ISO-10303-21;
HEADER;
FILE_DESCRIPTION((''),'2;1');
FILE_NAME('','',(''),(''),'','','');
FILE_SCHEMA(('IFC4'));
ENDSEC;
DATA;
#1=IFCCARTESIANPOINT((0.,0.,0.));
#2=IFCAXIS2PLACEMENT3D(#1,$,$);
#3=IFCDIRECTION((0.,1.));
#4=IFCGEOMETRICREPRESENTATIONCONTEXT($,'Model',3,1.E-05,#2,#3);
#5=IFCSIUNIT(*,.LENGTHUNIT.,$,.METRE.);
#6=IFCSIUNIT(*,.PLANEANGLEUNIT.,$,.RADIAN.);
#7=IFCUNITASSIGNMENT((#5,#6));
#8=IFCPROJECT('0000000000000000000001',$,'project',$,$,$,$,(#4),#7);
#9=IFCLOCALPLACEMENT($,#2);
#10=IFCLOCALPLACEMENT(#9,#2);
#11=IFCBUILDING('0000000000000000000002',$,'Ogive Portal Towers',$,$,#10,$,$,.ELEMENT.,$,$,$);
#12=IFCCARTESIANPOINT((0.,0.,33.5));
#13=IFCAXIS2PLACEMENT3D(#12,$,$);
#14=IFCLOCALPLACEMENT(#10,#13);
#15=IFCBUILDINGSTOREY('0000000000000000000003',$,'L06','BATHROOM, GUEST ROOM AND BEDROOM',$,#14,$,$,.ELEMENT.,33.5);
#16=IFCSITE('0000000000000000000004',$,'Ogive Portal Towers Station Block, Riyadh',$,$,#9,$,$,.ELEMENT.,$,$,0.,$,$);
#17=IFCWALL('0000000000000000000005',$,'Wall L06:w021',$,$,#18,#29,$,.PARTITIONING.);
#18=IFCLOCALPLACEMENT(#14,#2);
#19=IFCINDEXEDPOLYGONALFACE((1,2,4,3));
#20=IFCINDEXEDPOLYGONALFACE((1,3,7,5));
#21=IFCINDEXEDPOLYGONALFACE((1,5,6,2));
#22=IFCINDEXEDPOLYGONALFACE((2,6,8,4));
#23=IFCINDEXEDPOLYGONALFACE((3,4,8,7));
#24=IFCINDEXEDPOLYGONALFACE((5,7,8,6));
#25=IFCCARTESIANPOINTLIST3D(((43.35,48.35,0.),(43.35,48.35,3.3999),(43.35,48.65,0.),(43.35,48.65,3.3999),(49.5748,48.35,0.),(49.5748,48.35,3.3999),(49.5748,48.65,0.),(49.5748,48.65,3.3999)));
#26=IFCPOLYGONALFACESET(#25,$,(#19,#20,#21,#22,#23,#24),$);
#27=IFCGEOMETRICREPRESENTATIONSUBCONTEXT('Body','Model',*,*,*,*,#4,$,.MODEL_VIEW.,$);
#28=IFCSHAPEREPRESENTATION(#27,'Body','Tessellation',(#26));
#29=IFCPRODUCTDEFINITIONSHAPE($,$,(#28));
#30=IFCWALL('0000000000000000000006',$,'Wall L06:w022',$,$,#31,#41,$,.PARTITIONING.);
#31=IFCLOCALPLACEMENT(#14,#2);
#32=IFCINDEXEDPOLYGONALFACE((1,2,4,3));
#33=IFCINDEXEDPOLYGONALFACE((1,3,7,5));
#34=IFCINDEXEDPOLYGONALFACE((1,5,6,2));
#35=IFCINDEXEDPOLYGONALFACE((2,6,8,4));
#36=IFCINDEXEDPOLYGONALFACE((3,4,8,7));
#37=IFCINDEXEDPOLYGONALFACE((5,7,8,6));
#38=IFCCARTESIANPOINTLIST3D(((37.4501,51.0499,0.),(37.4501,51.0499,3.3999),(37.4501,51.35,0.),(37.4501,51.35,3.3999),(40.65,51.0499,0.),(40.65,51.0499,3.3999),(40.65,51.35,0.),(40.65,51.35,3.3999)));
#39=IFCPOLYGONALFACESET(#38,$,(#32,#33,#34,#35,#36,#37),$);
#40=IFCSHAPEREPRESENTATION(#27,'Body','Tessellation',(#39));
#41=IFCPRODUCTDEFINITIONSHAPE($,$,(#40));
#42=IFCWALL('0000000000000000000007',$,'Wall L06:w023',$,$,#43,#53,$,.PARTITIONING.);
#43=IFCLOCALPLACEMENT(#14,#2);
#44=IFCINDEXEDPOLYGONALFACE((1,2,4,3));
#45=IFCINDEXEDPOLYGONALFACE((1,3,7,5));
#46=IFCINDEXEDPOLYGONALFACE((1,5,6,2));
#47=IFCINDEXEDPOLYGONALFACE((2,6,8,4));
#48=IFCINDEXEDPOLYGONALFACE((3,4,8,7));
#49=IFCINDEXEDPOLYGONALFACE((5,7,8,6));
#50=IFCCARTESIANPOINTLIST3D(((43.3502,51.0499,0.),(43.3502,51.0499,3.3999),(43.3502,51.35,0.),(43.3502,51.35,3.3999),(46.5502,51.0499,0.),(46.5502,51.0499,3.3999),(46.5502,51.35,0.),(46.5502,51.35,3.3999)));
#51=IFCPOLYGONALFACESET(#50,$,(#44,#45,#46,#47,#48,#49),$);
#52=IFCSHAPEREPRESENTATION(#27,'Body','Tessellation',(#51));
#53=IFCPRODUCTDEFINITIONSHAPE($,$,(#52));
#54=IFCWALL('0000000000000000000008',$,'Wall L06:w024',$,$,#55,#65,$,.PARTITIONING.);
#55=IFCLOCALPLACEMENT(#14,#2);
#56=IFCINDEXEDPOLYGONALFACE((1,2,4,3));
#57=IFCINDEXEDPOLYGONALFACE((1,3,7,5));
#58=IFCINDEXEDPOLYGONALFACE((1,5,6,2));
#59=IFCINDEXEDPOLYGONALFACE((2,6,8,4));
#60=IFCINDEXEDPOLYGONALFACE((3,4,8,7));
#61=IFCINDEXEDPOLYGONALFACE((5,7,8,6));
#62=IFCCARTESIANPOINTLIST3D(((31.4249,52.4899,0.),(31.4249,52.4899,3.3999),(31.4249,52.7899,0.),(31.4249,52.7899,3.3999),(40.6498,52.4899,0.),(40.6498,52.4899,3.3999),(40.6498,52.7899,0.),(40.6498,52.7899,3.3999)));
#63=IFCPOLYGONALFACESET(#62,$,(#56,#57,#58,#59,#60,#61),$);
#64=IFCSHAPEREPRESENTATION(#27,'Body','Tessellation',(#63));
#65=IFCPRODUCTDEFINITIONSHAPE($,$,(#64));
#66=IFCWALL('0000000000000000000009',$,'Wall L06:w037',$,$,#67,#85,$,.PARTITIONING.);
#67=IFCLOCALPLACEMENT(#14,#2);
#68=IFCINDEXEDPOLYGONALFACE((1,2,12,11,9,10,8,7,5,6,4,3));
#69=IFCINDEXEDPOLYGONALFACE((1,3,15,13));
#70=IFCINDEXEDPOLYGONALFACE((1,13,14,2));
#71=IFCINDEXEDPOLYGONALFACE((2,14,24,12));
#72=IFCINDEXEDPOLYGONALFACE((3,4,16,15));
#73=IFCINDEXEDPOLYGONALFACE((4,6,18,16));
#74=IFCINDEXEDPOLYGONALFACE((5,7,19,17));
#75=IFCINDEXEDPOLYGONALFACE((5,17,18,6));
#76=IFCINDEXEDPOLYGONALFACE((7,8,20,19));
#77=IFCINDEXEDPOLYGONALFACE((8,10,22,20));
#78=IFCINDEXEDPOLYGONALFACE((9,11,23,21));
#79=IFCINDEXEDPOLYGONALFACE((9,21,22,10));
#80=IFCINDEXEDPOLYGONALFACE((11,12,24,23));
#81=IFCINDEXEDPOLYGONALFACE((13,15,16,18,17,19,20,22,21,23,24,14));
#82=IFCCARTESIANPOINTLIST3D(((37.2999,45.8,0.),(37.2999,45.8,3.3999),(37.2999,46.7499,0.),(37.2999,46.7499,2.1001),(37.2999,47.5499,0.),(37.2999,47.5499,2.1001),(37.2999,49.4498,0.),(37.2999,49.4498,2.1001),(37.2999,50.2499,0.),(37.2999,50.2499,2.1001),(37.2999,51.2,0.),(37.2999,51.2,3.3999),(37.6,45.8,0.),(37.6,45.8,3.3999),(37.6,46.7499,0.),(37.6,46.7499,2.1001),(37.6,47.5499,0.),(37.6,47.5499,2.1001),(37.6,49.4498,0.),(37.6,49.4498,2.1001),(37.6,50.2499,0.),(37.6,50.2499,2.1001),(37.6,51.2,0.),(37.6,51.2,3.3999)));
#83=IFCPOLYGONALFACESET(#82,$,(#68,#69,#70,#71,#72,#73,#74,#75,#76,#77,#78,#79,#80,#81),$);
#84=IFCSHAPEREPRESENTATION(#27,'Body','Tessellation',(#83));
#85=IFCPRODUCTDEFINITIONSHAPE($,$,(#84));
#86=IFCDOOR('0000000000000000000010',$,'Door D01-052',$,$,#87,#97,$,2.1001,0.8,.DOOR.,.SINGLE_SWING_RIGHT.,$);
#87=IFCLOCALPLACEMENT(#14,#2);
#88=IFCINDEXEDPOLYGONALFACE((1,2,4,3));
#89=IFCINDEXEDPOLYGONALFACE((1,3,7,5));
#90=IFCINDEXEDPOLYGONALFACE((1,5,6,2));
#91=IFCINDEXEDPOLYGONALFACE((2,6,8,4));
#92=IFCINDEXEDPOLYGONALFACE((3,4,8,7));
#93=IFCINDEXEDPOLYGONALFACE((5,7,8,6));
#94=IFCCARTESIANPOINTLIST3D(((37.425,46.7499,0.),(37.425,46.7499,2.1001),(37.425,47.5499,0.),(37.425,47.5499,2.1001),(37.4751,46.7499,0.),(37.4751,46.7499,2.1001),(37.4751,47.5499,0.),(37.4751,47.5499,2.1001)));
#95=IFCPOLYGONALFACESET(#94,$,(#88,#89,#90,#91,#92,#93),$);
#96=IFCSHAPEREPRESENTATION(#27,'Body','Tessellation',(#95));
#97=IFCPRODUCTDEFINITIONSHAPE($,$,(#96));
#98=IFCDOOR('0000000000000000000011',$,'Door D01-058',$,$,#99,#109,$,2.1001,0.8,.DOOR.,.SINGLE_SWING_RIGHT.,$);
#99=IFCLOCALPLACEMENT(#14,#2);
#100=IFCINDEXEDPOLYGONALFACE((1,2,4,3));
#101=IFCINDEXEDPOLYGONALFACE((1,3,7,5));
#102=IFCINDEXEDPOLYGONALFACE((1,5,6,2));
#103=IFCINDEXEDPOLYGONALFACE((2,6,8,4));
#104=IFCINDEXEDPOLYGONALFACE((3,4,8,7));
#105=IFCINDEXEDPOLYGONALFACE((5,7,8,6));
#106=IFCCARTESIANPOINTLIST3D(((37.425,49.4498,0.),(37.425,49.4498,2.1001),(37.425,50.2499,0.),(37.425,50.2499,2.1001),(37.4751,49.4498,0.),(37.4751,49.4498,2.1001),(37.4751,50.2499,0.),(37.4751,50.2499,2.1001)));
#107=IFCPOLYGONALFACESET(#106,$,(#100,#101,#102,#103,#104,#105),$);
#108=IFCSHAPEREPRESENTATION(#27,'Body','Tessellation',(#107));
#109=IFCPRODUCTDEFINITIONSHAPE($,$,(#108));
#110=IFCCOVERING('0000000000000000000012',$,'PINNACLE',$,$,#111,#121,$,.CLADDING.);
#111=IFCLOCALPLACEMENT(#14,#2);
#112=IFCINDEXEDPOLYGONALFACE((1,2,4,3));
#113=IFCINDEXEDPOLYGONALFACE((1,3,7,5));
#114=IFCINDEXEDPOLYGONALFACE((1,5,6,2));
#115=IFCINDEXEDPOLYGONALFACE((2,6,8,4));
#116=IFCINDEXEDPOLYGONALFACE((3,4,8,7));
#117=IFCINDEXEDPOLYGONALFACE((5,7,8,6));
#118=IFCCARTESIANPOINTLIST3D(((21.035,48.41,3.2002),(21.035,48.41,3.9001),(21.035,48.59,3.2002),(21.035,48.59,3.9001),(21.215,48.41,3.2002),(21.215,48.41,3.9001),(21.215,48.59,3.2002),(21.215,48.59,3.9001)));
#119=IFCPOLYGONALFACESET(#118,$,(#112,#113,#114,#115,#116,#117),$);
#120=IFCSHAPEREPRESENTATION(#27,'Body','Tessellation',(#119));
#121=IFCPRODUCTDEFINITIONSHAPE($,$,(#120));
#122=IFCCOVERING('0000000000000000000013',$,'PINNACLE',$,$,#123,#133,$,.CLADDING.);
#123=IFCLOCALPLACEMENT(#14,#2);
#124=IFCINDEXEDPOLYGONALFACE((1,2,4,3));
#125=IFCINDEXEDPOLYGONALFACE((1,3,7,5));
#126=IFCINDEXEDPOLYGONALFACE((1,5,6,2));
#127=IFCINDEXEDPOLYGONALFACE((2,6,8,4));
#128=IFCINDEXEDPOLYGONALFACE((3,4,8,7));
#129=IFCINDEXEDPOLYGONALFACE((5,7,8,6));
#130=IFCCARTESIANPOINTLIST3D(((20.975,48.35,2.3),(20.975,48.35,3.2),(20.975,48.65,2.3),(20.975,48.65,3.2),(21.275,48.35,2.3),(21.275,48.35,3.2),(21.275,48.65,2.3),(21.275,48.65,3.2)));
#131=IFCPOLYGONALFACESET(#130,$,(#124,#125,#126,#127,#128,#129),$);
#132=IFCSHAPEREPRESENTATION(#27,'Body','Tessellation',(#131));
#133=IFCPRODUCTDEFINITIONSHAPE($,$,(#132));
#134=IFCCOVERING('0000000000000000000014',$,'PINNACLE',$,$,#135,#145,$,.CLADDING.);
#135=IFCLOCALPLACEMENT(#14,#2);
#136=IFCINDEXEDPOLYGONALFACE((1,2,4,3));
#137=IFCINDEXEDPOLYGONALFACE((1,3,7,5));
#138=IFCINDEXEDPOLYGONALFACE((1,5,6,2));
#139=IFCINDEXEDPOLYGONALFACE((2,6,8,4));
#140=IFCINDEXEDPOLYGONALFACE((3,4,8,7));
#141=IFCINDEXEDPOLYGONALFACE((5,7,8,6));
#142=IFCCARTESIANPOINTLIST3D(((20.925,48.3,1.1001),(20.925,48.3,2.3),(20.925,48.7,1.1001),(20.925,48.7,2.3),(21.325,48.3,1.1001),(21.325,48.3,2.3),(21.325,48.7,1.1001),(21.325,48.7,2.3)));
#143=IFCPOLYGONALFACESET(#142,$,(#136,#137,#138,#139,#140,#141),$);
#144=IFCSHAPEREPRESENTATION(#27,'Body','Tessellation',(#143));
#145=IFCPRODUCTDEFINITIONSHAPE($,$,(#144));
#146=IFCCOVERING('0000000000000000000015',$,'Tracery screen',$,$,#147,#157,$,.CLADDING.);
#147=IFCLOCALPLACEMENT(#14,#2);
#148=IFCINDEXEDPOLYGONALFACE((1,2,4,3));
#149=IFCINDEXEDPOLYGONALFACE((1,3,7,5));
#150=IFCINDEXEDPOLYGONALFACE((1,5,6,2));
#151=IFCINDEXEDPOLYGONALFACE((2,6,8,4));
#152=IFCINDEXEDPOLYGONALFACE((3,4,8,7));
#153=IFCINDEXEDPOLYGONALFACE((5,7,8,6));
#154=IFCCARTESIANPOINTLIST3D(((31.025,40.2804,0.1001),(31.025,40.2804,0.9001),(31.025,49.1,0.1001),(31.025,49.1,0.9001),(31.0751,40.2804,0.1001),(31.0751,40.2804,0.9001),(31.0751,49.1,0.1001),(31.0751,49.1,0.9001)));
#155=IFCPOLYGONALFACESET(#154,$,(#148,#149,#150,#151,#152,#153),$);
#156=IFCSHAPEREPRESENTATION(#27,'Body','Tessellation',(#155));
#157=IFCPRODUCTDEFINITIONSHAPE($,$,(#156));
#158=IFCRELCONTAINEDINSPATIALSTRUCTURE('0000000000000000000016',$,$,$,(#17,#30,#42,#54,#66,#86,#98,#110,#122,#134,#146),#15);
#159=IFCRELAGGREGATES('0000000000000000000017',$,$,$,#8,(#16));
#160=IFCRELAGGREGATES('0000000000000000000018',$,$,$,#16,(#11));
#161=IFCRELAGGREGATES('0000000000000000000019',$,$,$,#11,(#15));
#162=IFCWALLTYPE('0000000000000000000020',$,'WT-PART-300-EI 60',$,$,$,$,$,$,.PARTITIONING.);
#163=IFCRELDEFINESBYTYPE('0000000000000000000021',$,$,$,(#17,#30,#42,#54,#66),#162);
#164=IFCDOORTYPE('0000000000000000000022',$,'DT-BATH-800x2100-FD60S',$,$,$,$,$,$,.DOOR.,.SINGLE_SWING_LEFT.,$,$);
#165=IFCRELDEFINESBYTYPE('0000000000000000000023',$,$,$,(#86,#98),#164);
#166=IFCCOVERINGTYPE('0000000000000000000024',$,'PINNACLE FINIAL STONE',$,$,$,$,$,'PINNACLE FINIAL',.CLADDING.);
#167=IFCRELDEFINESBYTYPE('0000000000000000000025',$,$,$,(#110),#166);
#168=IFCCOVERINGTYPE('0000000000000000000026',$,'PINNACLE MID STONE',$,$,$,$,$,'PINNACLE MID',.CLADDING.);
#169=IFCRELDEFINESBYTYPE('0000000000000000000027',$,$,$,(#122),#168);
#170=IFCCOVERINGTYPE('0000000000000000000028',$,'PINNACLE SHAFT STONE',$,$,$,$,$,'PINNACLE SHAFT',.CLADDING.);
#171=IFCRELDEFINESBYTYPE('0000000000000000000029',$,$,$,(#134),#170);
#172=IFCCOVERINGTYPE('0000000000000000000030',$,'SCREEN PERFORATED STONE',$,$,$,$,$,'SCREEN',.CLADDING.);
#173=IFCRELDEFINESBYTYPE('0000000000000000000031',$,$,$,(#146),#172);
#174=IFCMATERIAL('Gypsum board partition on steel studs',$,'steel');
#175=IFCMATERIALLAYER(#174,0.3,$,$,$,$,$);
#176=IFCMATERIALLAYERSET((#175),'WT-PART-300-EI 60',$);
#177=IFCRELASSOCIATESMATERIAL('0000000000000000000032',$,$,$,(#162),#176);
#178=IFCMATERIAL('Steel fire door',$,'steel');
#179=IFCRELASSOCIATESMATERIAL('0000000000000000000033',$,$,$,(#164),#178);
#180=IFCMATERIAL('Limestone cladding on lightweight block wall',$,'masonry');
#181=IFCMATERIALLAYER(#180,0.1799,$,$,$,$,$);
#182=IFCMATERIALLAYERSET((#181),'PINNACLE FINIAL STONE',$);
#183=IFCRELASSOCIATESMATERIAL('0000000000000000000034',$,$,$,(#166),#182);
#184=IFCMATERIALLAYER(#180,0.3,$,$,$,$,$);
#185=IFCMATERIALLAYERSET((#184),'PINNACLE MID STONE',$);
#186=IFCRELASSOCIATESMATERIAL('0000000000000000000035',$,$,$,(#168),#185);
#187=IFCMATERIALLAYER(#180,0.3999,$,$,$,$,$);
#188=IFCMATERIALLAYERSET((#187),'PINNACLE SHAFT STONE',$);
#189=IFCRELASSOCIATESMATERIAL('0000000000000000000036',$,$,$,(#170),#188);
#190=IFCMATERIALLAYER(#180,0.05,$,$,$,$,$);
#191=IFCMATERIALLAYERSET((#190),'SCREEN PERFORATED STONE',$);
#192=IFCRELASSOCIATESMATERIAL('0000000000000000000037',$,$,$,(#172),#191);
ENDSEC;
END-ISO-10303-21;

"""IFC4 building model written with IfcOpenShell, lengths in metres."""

from ifc_helpers import new_model, si_unit, direction, frame, frame_2d, origin, origin_2d, place, context, subcontext, project, spatial, rectangle, extrude, material, layer, layer_set, type_object, element, fill, save


model = new_model("IFC4")

# Units and contexts
model_context = context("Model", 3, precision=1e-05, world=origin(), true_north=direction((0.0, 1.0)))
body_context = subcontext(model_context, "Body", "Model", "MODEL_VIEW")
ifc_project = project(units=[si_unit("LENGTHUNIT", "METRE"), si_unit("PLANEANGLEUNIT", "RADIAN")], contexts=[model_context])

# Site, building, storey
site_placement = place(None, origin())
site = spatial("IfcSite", under=ifc_project, at=site_placement, Name="Ogive Portal Towers Station Block, Riyadh", CompositionType="ELEMENT", RefElevation=0.0)
building_placement = place(site_placement, origin())
building = spatial("IfcBuilding", under=site, at=building_placement, Name="Ogive Portal Towers", CompositionType="ELEMENT")
storey_placement = place(building_placement, frame((0.0, 0.0, 33.5)))
storey = spatial("IfcBuildingStorey", under=building, at=storey_placement, Name="L06", Description="BATHROOM, GUEST ROOM AND BEDROOM", CompositionType="ELEMENT", Elevation=33.5)

# Shared definitions
ifc_material_1 = material(Name="Limestone cladding on lightweight block wall", Category="masonry")

# Walls
ifc_material_2 = material(Name="Gypsum board partition on steel studs", Category="steel")
ifc_layer_1 = layer(ifc_material_2, 0.3)
ifc_layer_set_1 = layer_set([ifc_layer_1], Name="WT-PART-300-EI 60")
wall_type_1 = type_object("IfcWallType", Name="WT-PART-300-EI 60", PredefinedType="PARTITIONING", material=ifc_layer_set_1)
wall_1_placement = place(storey_placement, frame((43.3501, 48.5, 0.0), z_axis=(0.0, 0.0, 1.0), x_axis=(1.0, 0.0, 0.0)))
element("IfcWall", 1, at=wall_1_placement, inside=storey, type_object=wall_type_1, Name="Wall L06:w021", PredefinedType="PARTITIONING", context=body_context, shape_type="SweptSolid", body=[
    extrude(rectangle(XDim=6.2249, YDim=0.3, at=frame_2d((3.1123, 0.0))), origin(), (0.0, 0.0, 1.0), 3.3999),
])
for number, where, z_axis, x_axis, name in (
    (2, (37.45, 51.2, 0.0), (0.0, 0.0, 1.0), (1.0, 0.0, 0.0), "Wall L06:w022"),
    (3, (43.3501, 51.2, 0.0), (0.0, 0.0, 1.0), (1.0, 0.0, 0.0), "Wall L06:w023"),
):
    element("IfcWall", number, at=place(storey_placement, frame(where, z_axis=z_axis, x_axis=x_axis)), inside=storey, type_object=wall_type_1, Name=name, PredefinedType="PARTITIONING", context=body_context, shape_type="SweptSolid", body=[
        extrude(rectangle(XDim=3.2, YDim=0.3, at=frame_2d((1.6001, 0.0))), origin(), (0.0, 0.0, 1.0), 3.3999),
    ])
wall_2_placement = place(storey_placement, frame((31.425, 52.6399, 0.0), z_axis=(0.0, 0.0, 1.0), x_axis=(1.0, 0.0, 0.0)))
element("IfcWall", 4, at=wall_2_placement, inside=storey, type_object=wall_type_1, Name="Wall L06:w024", PredefinedType="PARTITIONING", context=body_context, shape_type="SweptSolid", body=[
    extrude(rectangle(XDim=9.2249, YDim=0.3, at=frame_2d((4.6123, 0.0))), origin(), (0.0, 0.0, 1.0), 3.3999),
])

# Wall, openings, doors
wall_3_placement = place(storey_placement, frame((37.45, 45.8, 0.0), z_axis=(0.0, 0.0, 1.0), x_axis=(0.0, 1.0, 0.0)))
wall_3 = element("IfcWall", 5, at=wall_3_placement, inside=storey, type_object=wall_type_1, Name="Wall L06:w037", PredefinedType="PARTITIONING", context=body_context, shape_type="SweptSolid", body=[
    extrude(rectangle(XDim=5.3999, YDim=0.3, at=frame_2d((2.7, 0.0))), origin(), (0.0, 0.0, 1.0), 3.3999),
])
opening_1_placement = place(wall_3_placement, frame((0.95, 0.0, 0.0)))
opening_1 = element("IfcOpeningElement", 6, at=opening_1_placement, cuts=wall_3, PredefinedType="OPENING", context=body_context, shape_type="SweptSolid", body=[
    extrude(rectangle(XDim=0.8, YDim=2.1001, at=frame_2d((0.3999, 1.05))), frame((0.0, 0.1602, 0.0), z_axis=(0.0, -1.0, 0.0), x_axis=(1.0, 0.0, 0.0)), (0.0, 0.0, 1.0), 0.3201),
])
opening_2_placement = place(wall_3_placement, frame((3.6499, 0.0, 0.0)))
opening_2 = element("IfcOpeningElement", 7, at=opening_2_placement, cuts=wall_3, PredefinedType="OPENING", context=body_context, shape_type="SweptSolid", body=[
    extrude(rectangle(XDim=0.8, YDim=2.1001, at=frame_2d((0.3999, 1.05))), frame((0.0, 0.1602, 0.0), z_axis=(0.0, -1.0, 0.0), x_axis=(1.0, 0.0, 0.0)), (0.0, 0.0, 1.0), 0.3201),
])
ifc_material_3 = material(Name="Steel fire door", Category="steel")
door_type = type_object("IfcDoorType", Name="DT-BATH-800x2100-FD60S", OperationType="SINGLE_SWING_LEFT", PredefinedType="DOOR", material=ifc_material_3)
door_1_placement = place(opening_1_placement, origin())
door_1 = element("IfcDoor", 8, at=door_1_placement, inside=storey, type_object=door_type, Name="Door D01-052", OperationType="SINGLE_SWING_RIGHT", OverallHeight=2.1001, OverallWidth=0.8, PredefinedType="DOOR", context=body_context, shape_type="SweptSolid", body=[
    extrude(rectangle(XDim=0.8, YDim=2.1001, at=frame_2d((0.3999, 1.05))), frame((0.0, 0.0249, 0.0), z_axis=(0.0, -1.0, 0.0), x_axis=(1.0, 0.0, 0.0)), (0.0, 0.0, 1.0), 0.05),
])
fill(opening_1, door_1)
door_2_placement = place(opening_2_placement, origin())
door_2 = element("IfcDoor", 9, at=door_2_placement, inside=storey, type_object=door_type, Name="Door D01-058", OperationType="SINGLE_SWING_RIGHT", OverallHeight=2.1001, OverallWidth=0.8, PredefinedType="DOOR", context=body_context, shape_type="SweptSolid", body=[
    extrude(rectangle(XDim=0.8, YDim=2.1001, at=frame_2d((0.3999, 1.05))), frame((0.0, 0.0249, 0.0), z_axis=(0.0, -1.0, 0.0), x_axis=(1.0, 0.0, 0.0)), (0.0, 0.0, 1.0), 0.05),
])
fill(opening_2, door_2)

# Coverings
ifc_layer_2 = layer(ifc_material_1, 0.1799)
ifc_layer_set_2 = layer_set([ifc_layer_2], Name="PINNACLE FINIAL STONE")
covering_type_1 = type_object("IfcCoveringType", Name="PINNACLE FINIAL STONE", ElementType="PINNACLE FINIAL", PredefinedType="CLADDING", material=ifc_layer_set_2)
covering_1_placement = place(storey_placement, frame((21.125, 48.5, 3.2002), z_axis=(0.0, 0.0, 1.0), x_axis=(1.0, 0.0, 0.0)))
element("IfcCovering", 10, at=covering_1_placement, inside=storey, type_object=covering_type_1, Name="PINNACLE", PredefinedType="CLADDING", context=body_context, shape_type="SweptSolid", body=[
    extrude(rectangle(XDim=0.1799, YDim=0.1799, at=origin_2d()), origin(), (0.0, 0.0, 1.0), 0.7),
])
ifc_layer_3 = layer(ifc_material_1, 0.3)
ifc_layer_set_3 = layer_set([ifc_layer_3], Name="PINNACLE MID STONE")
covering_type_2 = type_object("IfcCoveringType", Name="PINNACLE MID STONE", ElementType="PINNACLE MID", PredefinedType="CLADDING", material=ifc_layer_set_3)
covering_2_placement = place(storey_placement, frame((21.125, 48.5, 2.3), z_axis=(0.0, 0.0, 1.0), x_axis=(1.0, 0.0, 0.0)))
element("IfcCovering", 11, at=covering_2_placement, inside=storey, type_object=covering_type_2, Name="PINNACLE", PredefinedType="CLADDING", context=body_context, shape_type="SweptSolid", body=[
    extrude(rectangle(XDim=0.3, YDim=0.3, at=origin_2d()), origin(), (0.0, 0.0, 1.0), 0.8999),
])
ifc_layer_4 = layer(ifc_material_1, 0.3999)
ifc_layer_set_4 = layer_set([ifc_layer_4], Name="PINNACLE SHAFT STONE")
covering_type_3 = type_object("IfcCoveringType", Name="PINNACLE SHAFT STONE", ElementType="PINNACLE SHAFT", PredefinedType="CLADDING", material=ifc_layer_set_4)
covering_3_placement = place(storey_placement, frame((21.125, 48.5, 1.1001), z_axis=(0.0, 0.0, 1.0), x_axis=(1.0, 0.0, 0.0)))
element("IfcCovering", 12, at=covering_3_placement, inside=storey, type_object=covering_type_3, Name="PINNACLE", PredefinedType="CLADDING", context=body_context, shape_type="SweptSolid", body=[
    extrude(rectangle(XDim=0.3999, YDim=0.3999, at=origin_2d()), origin(), (0.0, 0.0, 1.0), 1.2),
])
ifc_layer_5 = layer(ifc_material_1, 0.05)
ifc_layer_set_5 = layer_set([ifc_layer_5], Name="SCREEN PERFORATED STONE")
covering_type_4 = type_object("IfcCoveringType", Name="SCREEN PERFORATED STONE", ElementType="SCREEN", PredefinedType="CLADDING", material=ifc_layer_set_5)
covering_4_placement = place(storey_placement, frame((31.05, 44.6902, 0.1001), z_axis=(0.0, 0.0, 1.0), x_axis=(0.0, -1.0, 0.0)))
element("IfcCovering", 13, at=covering_4_placement, inside=storey, type_object=covering_type_4, Name="Tracery screen", PredefinedType="CLADDING", context=body_context, shape_type="SweptSolid", body=[
    extrude(rectangle(XDim=8.8196, YDim=0.05, at=origin_2d()), origin(), (0.0, 0.0, 1.0), 0.8),
])

save(model, "model.ifc")
